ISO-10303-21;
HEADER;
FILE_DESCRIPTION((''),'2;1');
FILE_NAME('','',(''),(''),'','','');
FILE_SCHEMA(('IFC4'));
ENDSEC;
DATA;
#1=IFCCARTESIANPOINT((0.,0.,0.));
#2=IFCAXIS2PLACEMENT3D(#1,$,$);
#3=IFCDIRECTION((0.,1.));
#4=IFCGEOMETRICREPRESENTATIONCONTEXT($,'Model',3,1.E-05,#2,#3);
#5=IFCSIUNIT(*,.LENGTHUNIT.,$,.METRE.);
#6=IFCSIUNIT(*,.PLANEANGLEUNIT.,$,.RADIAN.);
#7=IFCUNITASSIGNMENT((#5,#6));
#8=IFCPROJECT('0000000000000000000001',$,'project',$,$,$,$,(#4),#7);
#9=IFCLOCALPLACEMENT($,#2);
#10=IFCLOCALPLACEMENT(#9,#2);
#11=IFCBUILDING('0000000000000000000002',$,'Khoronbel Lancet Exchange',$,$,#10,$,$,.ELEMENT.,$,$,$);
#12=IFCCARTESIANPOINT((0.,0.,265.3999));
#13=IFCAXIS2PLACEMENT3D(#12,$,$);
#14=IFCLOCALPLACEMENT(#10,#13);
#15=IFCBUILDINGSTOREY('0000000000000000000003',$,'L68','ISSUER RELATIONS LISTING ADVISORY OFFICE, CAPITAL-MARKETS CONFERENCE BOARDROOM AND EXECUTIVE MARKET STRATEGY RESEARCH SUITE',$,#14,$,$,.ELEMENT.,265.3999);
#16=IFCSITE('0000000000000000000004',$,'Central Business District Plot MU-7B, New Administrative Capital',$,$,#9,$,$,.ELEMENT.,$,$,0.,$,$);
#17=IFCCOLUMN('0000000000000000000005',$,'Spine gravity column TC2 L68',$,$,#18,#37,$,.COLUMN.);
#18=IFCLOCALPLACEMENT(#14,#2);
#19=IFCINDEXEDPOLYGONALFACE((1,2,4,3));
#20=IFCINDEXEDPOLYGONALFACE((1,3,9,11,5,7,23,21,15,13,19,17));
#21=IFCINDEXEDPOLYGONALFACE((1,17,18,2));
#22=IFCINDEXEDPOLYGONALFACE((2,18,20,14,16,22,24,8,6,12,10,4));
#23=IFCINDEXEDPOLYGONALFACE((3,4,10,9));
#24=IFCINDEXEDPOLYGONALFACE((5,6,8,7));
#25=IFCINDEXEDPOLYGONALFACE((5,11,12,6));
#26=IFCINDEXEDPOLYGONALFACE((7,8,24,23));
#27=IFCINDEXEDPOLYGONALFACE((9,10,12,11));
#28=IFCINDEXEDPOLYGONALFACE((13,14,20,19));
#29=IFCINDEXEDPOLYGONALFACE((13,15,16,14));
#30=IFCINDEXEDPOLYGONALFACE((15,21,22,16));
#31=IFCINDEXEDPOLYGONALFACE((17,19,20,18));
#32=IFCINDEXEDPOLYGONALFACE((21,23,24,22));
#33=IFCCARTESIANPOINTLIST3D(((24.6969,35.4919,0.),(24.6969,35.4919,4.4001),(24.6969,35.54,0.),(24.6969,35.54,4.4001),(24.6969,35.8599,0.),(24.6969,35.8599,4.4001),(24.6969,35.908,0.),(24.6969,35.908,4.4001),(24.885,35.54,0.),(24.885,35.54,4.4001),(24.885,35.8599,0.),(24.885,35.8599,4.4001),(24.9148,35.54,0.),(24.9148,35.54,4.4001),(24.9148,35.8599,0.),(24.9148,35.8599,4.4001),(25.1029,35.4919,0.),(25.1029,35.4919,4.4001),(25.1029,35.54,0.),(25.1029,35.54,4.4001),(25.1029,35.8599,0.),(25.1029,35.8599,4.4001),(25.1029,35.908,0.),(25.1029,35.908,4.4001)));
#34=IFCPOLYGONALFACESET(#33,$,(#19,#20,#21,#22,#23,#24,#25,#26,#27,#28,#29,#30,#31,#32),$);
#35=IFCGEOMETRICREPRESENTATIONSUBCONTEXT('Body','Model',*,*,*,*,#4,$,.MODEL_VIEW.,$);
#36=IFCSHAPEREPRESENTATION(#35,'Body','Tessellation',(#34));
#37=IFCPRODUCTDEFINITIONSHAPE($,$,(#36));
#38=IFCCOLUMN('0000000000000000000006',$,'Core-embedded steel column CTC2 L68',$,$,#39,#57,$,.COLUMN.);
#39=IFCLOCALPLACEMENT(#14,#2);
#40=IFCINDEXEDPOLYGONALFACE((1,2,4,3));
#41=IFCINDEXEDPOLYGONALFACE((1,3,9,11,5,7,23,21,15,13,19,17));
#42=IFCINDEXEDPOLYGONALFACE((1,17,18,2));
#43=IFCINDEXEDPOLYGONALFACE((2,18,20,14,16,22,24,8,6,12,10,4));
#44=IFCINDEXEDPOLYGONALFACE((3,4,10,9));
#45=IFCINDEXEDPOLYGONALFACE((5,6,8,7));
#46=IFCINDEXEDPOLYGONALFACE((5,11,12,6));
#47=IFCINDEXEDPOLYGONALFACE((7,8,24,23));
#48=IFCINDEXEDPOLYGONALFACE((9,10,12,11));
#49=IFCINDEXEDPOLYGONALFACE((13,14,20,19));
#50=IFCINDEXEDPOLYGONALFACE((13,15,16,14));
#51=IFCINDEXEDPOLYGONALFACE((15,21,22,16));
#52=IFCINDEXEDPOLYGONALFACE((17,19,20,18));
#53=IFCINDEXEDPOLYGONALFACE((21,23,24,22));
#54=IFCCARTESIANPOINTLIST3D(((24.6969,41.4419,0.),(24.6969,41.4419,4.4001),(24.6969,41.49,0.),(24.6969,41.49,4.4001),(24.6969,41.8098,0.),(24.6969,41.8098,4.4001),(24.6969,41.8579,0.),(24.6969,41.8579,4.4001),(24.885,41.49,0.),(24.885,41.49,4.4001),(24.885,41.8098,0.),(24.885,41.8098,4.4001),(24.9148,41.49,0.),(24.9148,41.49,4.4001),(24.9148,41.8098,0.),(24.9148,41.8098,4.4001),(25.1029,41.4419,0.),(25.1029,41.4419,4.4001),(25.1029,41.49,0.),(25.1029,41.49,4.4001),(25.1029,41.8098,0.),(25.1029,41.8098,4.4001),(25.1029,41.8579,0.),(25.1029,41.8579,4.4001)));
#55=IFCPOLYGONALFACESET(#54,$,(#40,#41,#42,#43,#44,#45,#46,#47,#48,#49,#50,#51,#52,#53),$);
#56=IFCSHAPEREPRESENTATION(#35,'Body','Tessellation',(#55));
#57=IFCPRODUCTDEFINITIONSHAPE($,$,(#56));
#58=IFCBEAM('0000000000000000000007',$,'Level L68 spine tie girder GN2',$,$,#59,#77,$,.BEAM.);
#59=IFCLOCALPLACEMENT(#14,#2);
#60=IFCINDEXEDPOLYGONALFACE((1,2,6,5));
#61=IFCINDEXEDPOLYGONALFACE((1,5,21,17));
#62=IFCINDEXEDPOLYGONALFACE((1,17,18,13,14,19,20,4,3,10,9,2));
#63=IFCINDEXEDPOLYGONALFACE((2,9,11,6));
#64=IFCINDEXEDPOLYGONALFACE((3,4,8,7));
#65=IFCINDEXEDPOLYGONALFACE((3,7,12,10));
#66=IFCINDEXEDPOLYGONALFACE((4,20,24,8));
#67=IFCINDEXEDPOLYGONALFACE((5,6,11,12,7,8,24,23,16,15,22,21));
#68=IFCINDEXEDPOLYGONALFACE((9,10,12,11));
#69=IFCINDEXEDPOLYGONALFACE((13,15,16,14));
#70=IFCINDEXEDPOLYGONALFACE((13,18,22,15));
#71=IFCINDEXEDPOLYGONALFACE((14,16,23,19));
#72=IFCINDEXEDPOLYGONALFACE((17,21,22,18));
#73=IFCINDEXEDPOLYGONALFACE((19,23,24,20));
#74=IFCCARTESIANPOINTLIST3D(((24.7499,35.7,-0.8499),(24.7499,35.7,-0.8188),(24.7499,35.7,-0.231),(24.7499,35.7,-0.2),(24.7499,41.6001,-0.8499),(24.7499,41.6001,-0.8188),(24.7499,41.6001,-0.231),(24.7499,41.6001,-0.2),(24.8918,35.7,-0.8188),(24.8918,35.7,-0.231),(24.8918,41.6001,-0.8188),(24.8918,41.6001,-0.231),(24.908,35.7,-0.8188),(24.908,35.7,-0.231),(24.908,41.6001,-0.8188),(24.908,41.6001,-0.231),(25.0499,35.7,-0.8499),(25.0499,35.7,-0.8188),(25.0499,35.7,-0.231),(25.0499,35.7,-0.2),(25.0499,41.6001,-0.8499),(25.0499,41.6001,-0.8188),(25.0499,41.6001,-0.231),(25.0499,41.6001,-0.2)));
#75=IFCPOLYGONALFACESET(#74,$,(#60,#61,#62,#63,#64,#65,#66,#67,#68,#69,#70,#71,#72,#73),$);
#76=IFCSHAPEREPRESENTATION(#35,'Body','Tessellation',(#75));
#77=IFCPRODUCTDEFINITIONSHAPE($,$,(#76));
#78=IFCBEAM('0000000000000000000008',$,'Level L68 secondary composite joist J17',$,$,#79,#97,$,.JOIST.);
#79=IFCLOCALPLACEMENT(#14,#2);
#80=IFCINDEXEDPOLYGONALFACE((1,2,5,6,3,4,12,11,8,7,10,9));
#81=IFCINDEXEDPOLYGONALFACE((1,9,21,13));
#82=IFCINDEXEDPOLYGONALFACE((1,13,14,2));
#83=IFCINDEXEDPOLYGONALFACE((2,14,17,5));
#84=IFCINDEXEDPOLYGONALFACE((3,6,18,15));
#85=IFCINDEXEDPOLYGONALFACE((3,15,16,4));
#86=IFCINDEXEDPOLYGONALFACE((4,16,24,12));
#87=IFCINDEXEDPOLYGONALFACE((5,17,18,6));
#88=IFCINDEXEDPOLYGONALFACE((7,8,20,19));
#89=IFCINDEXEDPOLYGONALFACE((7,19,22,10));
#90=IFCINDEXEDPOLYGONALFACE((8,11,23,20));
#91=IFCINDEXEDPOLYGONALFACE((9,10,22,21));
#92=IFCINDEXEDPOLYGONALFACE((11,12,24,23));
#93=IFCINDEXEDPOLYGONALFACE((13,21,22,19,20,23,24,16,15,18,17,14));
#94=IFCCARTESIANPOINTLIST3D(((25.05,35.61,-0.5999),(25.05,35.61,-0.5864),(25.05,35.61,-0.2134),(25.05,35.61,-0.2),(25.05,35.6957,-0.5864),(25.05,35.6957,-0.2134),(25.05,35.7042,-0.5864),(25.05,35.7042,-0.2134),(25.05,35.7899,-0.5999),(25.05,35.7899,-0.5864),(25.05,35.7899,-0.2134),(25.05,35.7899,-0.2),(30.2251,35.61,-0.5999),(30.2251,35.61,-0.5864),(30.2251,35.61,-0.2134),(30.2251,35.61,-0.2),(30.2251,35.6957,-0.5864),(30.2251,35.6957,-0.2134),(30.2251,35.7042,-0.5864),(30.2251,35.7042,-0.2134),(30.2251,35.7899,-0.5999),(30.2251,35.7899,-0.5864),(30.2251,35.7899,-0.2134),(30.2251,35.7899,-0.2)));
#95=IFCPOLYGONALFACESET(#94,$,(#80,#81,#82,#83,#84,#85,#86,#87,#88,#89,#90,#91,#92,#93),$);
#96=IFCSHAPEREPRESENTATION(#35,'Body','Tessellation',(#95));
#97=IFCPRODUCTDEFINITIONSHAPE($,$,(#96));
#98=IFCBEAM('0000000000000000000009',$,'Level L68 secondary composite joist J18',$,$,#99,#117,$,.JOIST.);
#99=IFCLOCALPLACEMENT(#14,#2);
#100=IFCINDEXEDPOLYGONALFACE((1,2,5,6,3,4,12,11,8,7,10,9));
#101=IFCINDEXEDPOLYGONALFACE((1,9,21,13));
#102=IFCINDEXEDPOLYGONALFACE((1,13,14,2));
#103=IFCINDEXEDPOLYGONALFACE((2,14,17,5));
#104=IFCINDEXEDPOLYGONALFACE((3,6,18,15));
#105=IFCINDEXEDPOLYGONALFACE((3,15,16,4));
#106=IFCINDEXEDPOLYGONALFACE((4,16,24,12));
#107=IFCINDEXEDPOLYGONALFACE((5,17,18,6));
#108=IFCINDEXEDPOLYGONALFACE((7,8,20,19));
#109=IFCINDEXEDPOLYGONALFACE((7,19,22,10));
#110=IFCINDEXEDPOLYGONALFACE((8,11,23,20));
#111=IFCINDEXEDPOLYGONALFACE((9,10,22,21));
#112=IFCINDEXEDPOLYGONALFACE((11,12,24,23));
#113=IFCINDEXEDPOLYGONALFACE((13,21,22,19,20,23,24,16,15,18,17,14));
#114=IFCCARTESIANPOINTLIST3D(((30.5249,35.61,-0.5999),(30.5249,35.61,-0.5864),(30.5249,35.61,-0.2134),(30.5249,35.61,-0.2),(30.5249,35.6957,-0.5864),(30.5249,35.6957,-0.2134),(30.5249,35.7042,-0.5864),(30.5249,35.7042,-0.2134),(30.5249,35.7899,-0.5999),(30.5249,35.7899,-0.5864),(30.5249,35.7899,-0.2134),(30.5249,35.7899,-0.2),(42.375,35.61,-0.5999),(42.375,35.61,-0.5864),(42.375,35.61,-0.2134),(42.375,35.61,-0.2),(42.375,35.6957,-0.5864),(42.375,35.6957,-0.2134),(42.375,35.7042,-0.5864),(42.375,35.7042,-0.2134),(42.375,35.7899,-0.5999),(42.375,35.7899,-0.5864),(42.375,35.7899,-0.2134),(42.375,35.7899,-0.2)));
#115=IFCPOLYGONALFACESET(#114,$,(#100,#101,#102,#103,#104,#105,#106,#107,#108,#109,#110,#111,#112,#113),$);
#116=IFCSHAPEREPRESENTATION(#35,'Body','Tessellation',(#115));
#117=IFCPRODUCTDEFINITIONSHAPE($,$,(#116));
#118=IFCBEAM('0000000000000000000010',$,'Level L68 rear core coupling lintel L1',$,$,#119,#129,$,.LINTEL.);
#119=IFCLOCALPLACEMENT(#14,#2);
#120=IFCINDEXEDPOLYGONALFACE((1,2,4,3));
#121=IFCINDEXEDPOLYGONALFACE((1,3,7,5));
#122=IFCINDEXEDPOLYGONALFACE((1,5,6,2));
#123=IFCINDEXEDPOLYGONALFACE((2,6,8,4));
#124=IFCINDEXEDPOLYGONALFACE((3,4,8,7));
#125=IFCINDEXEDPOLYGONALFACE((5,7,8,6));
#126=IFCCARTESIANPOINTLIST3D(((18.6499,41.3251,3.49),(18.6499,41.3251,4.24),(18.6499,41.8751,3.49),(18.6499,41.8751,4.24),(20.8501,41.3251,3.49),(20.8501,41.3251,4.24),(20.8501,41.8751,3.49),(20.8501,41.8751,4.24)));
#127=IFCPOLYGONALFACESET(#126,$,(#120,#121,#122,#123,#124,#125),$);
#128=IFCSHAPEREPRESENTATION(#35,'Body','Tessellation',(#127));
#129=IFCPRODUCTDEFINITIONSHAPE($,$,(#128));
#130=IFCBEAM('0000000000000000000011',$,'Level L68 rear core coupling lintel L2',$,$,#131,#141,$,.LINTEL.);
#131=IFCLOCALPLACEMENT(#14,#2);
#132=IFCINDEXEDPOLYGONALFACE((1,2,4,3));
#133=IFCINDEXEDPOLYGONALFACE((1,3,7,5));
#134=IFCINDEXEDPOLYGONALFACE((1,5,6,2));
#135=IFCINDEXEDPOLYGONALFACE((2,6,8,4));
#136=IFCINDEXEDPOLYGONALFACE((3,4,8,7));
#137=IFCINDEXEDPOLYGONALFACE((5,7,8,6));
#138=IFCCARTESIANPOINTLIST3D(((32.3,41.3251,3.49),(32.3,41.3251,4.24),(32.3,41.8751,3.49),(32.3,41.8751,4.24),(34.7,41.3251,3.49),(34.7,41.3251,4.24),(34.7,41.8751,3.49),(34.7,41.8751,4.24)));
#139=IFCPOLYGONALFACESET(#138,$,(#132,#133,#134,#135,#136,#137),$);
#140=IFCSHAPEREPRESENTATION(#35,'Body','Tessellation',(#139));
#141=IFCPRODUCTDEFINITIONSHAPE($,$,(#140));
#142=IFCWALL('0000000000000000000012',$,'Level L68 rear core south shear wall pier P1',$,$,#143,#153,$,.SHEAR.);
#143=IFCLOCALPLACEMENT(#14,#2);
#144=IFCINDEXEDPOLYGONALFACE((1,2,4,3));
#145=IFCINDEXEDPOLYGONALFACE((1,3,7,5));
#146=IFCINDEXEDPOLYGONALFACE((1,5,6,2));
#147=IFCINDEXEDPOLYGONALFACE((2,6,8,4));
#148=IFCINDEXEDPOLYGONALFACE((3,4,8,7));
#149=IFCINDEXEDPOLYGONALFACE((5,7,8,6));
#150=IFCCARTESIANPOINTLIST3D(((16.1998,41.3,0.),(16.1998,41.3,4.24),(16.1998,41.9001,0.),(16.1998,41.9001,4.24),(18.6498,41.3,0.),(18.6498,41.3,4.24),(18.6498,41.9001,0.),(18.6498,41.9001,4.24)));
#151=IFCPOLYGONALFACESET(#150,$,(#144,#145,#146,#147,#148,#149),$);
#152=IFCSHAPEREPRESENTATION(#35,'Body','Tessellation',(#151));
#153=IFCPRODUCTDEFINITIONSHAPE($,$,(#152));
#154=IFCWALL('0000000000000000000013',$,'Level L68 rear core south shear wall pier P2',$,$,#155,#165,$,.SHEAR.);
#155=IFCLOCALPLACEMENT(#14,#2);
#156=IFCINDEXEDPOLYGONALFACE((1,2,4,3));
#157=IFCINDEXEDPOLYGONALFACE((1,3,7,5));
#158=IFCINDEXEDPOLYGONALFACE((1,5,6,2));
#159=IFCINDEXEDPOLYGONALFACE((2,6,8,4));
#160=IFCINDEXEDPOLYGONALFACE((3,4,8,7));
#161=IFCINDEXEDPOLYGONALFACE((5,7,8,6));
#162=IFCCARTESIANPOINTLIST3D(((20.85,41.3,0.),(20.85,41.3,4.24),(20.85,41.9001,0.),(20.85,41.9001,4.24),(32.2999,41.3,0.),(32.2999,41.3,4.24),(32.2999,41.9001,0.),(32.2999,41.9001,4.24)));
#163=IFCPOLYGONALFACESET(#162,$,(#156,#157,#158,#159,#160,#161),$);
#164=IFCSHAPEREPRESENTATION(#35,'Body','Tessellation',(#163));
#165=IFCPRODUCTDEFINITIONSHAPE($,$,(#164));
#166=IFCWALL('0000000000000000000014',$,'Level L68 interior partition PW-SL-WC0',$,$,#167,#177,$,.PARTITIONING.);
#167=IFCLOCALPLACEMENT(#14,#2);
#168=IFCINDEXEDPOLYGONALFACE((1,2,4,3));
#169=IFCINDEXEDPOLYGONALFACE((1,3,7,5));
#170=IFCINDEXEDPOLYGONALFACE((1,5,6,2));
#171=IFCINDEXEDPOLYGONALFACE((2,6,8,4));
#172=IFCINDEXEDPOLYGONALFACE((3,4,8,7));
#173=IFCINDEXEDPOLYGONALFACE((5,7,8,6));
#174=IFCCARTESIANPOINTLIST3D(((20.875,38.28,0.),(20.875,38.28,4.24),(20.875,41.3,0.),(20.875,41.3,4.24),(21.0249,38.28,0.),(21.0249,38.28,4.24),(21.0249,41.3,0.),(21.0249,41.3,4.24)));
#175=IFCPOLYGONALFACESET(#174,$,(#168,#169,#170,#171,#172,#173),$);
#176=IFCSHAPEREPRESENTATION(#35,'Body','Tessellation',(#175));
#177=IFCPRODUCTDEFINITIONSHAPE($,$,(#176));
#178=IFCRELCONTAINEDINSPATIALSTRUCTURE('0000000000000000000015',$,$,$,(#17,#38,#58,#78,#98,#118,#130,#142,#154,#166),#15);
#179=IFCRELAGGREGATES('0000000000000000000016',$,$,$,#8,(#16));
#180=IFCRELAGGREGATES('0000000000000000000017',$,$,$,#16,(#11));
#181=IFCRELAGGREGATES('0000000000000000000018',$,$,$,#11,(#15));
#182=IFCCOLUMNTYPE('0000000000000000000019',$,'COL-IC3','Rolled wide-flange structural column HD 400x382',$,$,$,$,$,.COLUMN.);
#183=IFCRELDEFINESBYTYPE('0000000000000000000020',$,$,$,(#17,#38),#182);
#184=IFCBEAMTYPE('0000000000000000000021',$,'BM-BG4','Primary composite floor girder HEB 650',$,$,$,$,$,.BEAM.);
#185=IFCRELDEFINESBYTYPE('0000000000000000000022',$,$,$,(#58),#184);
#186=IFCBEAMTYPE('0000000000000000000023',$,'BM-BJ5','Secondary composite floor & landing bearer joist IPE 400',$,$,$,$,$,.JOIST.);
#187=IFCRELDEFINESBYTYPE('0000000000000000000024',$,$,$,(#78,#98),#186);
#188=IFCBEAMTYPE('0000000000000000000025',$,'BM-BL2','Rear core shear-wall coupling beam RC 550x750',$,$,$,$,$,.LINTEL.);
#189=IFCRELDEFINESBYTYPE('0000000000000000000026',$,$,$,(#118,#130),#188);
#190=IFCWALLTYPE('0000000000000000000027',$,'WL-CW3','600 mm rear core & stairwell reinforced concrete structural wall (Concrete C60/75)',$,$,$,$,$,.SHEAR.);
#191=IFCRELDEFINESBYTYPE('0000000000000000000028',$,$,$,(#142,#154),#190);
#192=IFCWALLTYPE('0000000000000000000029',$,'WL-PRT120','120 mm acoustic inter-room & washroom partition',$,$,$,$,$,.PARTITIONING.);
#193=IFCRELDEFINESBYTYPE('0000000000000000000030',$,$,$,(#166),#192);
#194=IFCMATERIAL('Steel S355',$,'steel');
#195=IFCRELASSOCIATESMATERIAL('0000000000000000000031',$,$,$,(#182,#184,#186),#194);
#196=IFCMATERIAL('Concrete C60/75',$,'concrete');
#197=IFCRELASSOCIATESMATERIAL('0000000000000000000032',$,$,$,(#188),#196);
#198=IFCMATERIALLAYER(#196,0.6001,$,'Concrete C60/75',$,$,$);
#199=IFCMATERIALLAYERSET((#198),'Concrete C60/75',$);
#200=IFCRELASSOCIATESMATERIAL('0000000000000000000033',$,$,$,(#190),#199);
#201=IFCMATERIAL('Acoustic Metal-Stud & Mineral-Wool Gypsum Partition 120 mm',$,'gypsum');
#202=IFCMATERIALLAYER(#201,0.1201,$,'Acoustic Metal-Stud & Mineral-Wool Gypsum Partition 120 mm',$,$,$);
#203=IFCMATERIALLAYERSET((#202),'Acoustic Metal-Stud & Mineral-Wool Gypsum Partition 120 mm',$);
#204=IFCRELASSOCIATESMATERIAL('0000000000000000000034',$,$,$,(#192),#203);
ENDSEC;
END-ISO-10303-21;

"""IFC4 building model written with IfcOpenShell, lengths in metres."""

from ifc_helpers import new_model, si_unit, direction, frame, frame_2d, origin, origin_2d, place, context, subcontext, project, spatial, rectangle, i_section, extrude, material, layer, layer_set, material_profile, profile_set, type_object, element, save


model = new_model("IFC4")

# Units and contexts
model_context = context("Model", 3, precision=1e-05, world=origin(), true_north=direction((0.0, 1.0)))
body_context = subcontext(model_context, "Body", "Model", "MODEL_VIEW")
ifc_project = project(units=[si_unit("LENGTHUNIT", "METRE"), si_unit("PLANEANGLEUNIT", "RADIAN")], contexts=[model_context])

# Site, building, storey
site_placement = place(None, origin())
site = spatial("IfcSite", under=ifc_project, at=site_placement, Name="Central Business District Plot MU-7B, New Administrative Capital", CompositionType="ELEMENT", RefElevation=0.0)
building_placement = place(site_placement, origin())
building = spatial("IfcBuilding", under=site, at=building_placement, Name="Khoronbel Lancet Exchange", CompositionType="ELEMENT")
storey_placement = place(building_placement, frame((0.0, 0.0, 265.3999)))
storey = spatial("IfcBuildingStorey", under=building, at=storey_placement, Name="L68", Description="ISSUER RELATIONS LISTING ADVISORY OFFICE, CAPITAL-MARKETS CONFERENCE BOARDROOM AND EXECUTIVE MARKET STRATEGY RESEARCH SUITE", CompositionType="ELEMENT", Elevation=265.3999)

# Columns
ifc_material_1 = material(Name="Steel S355", Category="steel")
ifc_material_profile_1 = material_profile(ifc_material_1, i_section(OverallWidth=0.406, OverallDepth=0.416, WebThickness=0.0298, FlangeThickness=0.0481, at=origin_2d()), Name="HD 400x382")
ifc_profile_set_1 = profile_set([ifc_material_profile_1], Name="Steel S355")
column_type = type_object("IfcColumnType", Name="COL-IC3", Description="Rolled wide-flange structural column HD 400x382", PredefinedType="COLUMN", material=ifc_profile_set_1)
for number, where, z_axis, x_axis, name in (
    (1, (24.8999, 35.7, 0.0), (0.0, 0.0, 1.0), (1.0, 0.0, 0.0), "Spine gravity column TC2 L68"),
    (2, (24.8999, 41.6499, 0.0), (0.0, 0.0, 1.0), (1.0, 0.0, 0.0), "Core-embedded steel column CTC2 L68"),
):
    element("IfcColumn", number, at=place(storey_placement, frame(where, z_axis=z_axis, x_axis=x_axis)), inside=storey, type_object=column_type, Name=name, PredefinedType="COLUMN", context=body_context, shape_type="SweptSolid", body=[
        extrude(i_section(OverallWidth=0.406, OverallDepth=0.416, WebThickness=0.0298, FlangeThickness=0.0481, at=origin_2d()), origin(), (0.0, 0.0, 1.0), 4.4001),
    ])

# Beams
ifc_material_profile_2 = material_profile(ifc_material_1, i_section(OverallWidth=0.3, OverallDepth=0.6499, WebThickness=0.0161, FlangeThickness=0.031, at=origin_2d()), Name="HEB 650")
ifc_profile_set_2 = profile_set([ifc_material_profile_2], Name="Steel S355")
beam_type_1 = type_object("IfcBeamType", Name="BM-BG4", Description="Primary composite floor girder HEB 650", PredefinedType="BEAM", material=ifc_profile_set_2)
beam_1_placement = place(storey_placement, frame((24.8999, 35.7, -0.5249), z_axis=(0.0, 1.0, 0.0), x_axis=(-1.0, 0.0, 0.0)))
element("IfcBeam", 3, at=beam_1_placement, inside=storey, type_object=beam_type_1, Name="Level L68 spine tie girder GN2", PredefinedType="BEAM", context=body_context, shape_type="SweptSolid", body=[
    extrude(i_section(OverallWidth=0.3, OverallDepth=0.6499, WebThickness=0.0161, FlangeThickness=0.031, at=origin_2d()), origin(), (0.0, 0.0, 1.0), 5.9001),
])
ifc_material_profile_3 = material_profile(ifc_material_1, i_section(OverallWidth=0.1799, OverallDepth=0.3999, WebThickness=0.0085, FlangeThickness=0.0134, at=origin_2d()), Name="IPE 400")
ifc_profile_set_3 = profile_set([ifc_material_profile_3], Name="Steel S355")
beam_type_2 = type_object("IfcBeamType", Name="BM-BJ5", Description="Secondary composite floor & landing bearer joist IPE 400", PredefinedType="JOIST", material=ifc_profile_set_3)
beam_2_placement = place(storey_placement, frame((25.05, 35.7, -0.3999), z_axis=(1.0, 0.0, 0.0), x_axis=(0.0, 1.0, 0.0)))
element("IfcBeam", 4, at=beam_2_placement, inside=storey, type_object=beam_type_2, Name="Level L68 secondary composite joist J17", PredefinedType="JOIST", context=body_context, shape_type="SweptSolid", body=[
    extrude(i_section(OverallWidth=0.1799, OverallDepth=0.3999, WebThickness=0.0085, FlangeThickness=0.0134, at=origin_2d()), origin(), (0.0, 0.0, 1.0), 5.175),
])
beam_3_placement = place(storey_placement, frame((30.5249, 35.7, -0.3999), z_axis=(1.0, 0.0, 0.0), x_axis=(0.0, 1.0, 0.0)))
element("IfcBeam", 5, at=beam_3_placement, inside=storey, type_object=beam_type_2, Name="Level L68 secondary composite joist J18", PredefinedType="JOIST", context=body_context, shape_type="SweptSolid", body=[
    extrude(i_section(OverallWidth=0.1799, OverallDepth=0.3999, WebThickness=0.0085, FlangeThickness=0.0134, at=origin_2d()), origin(), (0.0, 0.0, 1.0), 11.8501),
])
ifc_material_2 = material(Name="Concrete C60/75", Category="concrete")
ifc_material_profile_4 = material_profile(ifc_material_2, rectangle(XDim=0.55, YDim=0.75, at=origin_2d()), Name="RC 550x750")
ifc_profile_set_4 = profile_set([ifc_material_profile_4], Name="Concrete C60/75")
beam_type_3 = type_object("IfcBeamType", Name="BM-BL2", Description="Rear core shear-wall coupling beam RC 550x750", PredefinedType="LINTEL", material=ifc_profile_set_4)
beam_4_placement = place(storey_placement, frame((18.6499, 41.6001, 3.865), z_axis=(1.0, 0.0, 0.0), x_axis=(0.0, 1.0, 0.0)))
element("IfcBeam", 6, at=beam_4_placement, inside=storey, type_object=beam_type_3, Name="Level L68 rear core coupling lintel L1", PredefinedType="LINTEL", context=body_context, shape_type="SweptSolid", body=[
    extrude(rectangle(XDim=0.55, YDim=0.75, at=origin_2d()), origin(), (0.0, 0.0, 1.0), 2.2002),
])
beam_5_placement = place(storey_placement, frame((32.3, 41.6001, 3.865), z_axis=(1.0, 0.0, 0.0), x_axis=(0.0, 1.0, 0.0)))
element("IfcBeam", 7, at=beam_5_placement, inside=storey, type_object=beam_type_3, Name="Level L68 rear core coupling lintel L2", PredefinedType="LINTEL", context=body_context, shape_type="SweptSolid", body=[
    extrude(rectangle(XDim=0.55, YDim=0.75, at=origin_2d()), origin(), (0.0, 0.0, 1.0), 2.3999),
])

# Walls
ifc_layer_1 = layer(ifc_material_2, 0.6001, Name="Concrete C60/75")
ifc_layer_set_1 = layer_set([ifc_layer_1], Name="Concrete C60/75")
wall_type_1 = type_object("IfcWallType", Name="WL-CW3", Description="600 mm rear core & stairwell reinforced concrete structural wall (Concrete C60/75)", PredefinedType="SHEAR", material=ifc_layer_set_1)
wall_1_placement = place(storey_placement, frame((18.6499, 41.6001, 0.0), z_axis=(0.0, 0.0, 1.0), x_axis=(-1.0, 0.0, 0.0)))
element("IfcWall", 8, at=wall_1_placement, inside=storey, type_object=wall_type_1, Name="Level L68 rear core south shear wall pier P1", PredefinedType="SHEAR", context=body_context, shape_type="SweptSolid", body=[
    extrude(rectangle(XDim=2.45, YDim=0.6001, at=frame_2d((1.2251, 0.0))), origin(), (0.0, 0.0, 1.0), 4.24),
])
wall_2_placement = place(storey_placement, frame((32.3, 41.6001, 0.0), z_axis=(0.0, 0.0, 1.0), x_axis=(-1.0, 0.0, 0.0)))
element("IfcWall", 9, at=wall_2_placement, inside=storey, type_object=wall_type_1, Name="Level L68 rear core south shear wall pier P2", PredefinedType="SHEAR", context=body_context, shape_type="SweptSolid", body=[
    extrude(rectangle(XDim=11.45, YDim=0.6001, at=frame_2d((5.7251, 0.0))), origin(), (0.0, 0.0, 1.0), 4.24),
])
ifc_material_3 = material(Name="Acoustic Metal-Stud & Mineral-Wool Gypsum Partition 120 mm", Category="gypsum")
ifc_layer_2 = layer(ifc_material_3, 0.1201, Name="Acoustic Metal-Stud & Mineral-Wool Gypsum Partition 120 mm")
ifc_layer_set_2 = layer_set([ifc_layer_2], Name="Acoustic Metal-Stud & Mineral-Wool Gypsum Partition 120 mm")
wall_type_2 = type_object("IfcWallType", Name="WL-PRT120", Description="120 mm acoustic inter-room & washroom partition", PredefinedType="PARTITIONING", material=ifc_layer_set_2)
wall_3_placement = place(storey_placement, frame((20.95, 38.28, 0.0), z_axis=(0.0, 0.0, 1.0), x_axis=(0.0, 1.0, 0.0)))
element("IfcWall", 10, at=wall_3_placement, inside=storey, type_object=wall_type_2, Name="Level L68 interior partition PW-SL-WC0", PredefinedType="PARTITIONING", context=body_context, shape_type="SweptSolid", body=[
    extrude(rectangle(XDim=3.02, YDim=0.1499, at=frame_2d((1.51, 0.0))), origin(), (0.0, 0.0, 1.0), 4.24),
])

save(model, "model.ifc")
